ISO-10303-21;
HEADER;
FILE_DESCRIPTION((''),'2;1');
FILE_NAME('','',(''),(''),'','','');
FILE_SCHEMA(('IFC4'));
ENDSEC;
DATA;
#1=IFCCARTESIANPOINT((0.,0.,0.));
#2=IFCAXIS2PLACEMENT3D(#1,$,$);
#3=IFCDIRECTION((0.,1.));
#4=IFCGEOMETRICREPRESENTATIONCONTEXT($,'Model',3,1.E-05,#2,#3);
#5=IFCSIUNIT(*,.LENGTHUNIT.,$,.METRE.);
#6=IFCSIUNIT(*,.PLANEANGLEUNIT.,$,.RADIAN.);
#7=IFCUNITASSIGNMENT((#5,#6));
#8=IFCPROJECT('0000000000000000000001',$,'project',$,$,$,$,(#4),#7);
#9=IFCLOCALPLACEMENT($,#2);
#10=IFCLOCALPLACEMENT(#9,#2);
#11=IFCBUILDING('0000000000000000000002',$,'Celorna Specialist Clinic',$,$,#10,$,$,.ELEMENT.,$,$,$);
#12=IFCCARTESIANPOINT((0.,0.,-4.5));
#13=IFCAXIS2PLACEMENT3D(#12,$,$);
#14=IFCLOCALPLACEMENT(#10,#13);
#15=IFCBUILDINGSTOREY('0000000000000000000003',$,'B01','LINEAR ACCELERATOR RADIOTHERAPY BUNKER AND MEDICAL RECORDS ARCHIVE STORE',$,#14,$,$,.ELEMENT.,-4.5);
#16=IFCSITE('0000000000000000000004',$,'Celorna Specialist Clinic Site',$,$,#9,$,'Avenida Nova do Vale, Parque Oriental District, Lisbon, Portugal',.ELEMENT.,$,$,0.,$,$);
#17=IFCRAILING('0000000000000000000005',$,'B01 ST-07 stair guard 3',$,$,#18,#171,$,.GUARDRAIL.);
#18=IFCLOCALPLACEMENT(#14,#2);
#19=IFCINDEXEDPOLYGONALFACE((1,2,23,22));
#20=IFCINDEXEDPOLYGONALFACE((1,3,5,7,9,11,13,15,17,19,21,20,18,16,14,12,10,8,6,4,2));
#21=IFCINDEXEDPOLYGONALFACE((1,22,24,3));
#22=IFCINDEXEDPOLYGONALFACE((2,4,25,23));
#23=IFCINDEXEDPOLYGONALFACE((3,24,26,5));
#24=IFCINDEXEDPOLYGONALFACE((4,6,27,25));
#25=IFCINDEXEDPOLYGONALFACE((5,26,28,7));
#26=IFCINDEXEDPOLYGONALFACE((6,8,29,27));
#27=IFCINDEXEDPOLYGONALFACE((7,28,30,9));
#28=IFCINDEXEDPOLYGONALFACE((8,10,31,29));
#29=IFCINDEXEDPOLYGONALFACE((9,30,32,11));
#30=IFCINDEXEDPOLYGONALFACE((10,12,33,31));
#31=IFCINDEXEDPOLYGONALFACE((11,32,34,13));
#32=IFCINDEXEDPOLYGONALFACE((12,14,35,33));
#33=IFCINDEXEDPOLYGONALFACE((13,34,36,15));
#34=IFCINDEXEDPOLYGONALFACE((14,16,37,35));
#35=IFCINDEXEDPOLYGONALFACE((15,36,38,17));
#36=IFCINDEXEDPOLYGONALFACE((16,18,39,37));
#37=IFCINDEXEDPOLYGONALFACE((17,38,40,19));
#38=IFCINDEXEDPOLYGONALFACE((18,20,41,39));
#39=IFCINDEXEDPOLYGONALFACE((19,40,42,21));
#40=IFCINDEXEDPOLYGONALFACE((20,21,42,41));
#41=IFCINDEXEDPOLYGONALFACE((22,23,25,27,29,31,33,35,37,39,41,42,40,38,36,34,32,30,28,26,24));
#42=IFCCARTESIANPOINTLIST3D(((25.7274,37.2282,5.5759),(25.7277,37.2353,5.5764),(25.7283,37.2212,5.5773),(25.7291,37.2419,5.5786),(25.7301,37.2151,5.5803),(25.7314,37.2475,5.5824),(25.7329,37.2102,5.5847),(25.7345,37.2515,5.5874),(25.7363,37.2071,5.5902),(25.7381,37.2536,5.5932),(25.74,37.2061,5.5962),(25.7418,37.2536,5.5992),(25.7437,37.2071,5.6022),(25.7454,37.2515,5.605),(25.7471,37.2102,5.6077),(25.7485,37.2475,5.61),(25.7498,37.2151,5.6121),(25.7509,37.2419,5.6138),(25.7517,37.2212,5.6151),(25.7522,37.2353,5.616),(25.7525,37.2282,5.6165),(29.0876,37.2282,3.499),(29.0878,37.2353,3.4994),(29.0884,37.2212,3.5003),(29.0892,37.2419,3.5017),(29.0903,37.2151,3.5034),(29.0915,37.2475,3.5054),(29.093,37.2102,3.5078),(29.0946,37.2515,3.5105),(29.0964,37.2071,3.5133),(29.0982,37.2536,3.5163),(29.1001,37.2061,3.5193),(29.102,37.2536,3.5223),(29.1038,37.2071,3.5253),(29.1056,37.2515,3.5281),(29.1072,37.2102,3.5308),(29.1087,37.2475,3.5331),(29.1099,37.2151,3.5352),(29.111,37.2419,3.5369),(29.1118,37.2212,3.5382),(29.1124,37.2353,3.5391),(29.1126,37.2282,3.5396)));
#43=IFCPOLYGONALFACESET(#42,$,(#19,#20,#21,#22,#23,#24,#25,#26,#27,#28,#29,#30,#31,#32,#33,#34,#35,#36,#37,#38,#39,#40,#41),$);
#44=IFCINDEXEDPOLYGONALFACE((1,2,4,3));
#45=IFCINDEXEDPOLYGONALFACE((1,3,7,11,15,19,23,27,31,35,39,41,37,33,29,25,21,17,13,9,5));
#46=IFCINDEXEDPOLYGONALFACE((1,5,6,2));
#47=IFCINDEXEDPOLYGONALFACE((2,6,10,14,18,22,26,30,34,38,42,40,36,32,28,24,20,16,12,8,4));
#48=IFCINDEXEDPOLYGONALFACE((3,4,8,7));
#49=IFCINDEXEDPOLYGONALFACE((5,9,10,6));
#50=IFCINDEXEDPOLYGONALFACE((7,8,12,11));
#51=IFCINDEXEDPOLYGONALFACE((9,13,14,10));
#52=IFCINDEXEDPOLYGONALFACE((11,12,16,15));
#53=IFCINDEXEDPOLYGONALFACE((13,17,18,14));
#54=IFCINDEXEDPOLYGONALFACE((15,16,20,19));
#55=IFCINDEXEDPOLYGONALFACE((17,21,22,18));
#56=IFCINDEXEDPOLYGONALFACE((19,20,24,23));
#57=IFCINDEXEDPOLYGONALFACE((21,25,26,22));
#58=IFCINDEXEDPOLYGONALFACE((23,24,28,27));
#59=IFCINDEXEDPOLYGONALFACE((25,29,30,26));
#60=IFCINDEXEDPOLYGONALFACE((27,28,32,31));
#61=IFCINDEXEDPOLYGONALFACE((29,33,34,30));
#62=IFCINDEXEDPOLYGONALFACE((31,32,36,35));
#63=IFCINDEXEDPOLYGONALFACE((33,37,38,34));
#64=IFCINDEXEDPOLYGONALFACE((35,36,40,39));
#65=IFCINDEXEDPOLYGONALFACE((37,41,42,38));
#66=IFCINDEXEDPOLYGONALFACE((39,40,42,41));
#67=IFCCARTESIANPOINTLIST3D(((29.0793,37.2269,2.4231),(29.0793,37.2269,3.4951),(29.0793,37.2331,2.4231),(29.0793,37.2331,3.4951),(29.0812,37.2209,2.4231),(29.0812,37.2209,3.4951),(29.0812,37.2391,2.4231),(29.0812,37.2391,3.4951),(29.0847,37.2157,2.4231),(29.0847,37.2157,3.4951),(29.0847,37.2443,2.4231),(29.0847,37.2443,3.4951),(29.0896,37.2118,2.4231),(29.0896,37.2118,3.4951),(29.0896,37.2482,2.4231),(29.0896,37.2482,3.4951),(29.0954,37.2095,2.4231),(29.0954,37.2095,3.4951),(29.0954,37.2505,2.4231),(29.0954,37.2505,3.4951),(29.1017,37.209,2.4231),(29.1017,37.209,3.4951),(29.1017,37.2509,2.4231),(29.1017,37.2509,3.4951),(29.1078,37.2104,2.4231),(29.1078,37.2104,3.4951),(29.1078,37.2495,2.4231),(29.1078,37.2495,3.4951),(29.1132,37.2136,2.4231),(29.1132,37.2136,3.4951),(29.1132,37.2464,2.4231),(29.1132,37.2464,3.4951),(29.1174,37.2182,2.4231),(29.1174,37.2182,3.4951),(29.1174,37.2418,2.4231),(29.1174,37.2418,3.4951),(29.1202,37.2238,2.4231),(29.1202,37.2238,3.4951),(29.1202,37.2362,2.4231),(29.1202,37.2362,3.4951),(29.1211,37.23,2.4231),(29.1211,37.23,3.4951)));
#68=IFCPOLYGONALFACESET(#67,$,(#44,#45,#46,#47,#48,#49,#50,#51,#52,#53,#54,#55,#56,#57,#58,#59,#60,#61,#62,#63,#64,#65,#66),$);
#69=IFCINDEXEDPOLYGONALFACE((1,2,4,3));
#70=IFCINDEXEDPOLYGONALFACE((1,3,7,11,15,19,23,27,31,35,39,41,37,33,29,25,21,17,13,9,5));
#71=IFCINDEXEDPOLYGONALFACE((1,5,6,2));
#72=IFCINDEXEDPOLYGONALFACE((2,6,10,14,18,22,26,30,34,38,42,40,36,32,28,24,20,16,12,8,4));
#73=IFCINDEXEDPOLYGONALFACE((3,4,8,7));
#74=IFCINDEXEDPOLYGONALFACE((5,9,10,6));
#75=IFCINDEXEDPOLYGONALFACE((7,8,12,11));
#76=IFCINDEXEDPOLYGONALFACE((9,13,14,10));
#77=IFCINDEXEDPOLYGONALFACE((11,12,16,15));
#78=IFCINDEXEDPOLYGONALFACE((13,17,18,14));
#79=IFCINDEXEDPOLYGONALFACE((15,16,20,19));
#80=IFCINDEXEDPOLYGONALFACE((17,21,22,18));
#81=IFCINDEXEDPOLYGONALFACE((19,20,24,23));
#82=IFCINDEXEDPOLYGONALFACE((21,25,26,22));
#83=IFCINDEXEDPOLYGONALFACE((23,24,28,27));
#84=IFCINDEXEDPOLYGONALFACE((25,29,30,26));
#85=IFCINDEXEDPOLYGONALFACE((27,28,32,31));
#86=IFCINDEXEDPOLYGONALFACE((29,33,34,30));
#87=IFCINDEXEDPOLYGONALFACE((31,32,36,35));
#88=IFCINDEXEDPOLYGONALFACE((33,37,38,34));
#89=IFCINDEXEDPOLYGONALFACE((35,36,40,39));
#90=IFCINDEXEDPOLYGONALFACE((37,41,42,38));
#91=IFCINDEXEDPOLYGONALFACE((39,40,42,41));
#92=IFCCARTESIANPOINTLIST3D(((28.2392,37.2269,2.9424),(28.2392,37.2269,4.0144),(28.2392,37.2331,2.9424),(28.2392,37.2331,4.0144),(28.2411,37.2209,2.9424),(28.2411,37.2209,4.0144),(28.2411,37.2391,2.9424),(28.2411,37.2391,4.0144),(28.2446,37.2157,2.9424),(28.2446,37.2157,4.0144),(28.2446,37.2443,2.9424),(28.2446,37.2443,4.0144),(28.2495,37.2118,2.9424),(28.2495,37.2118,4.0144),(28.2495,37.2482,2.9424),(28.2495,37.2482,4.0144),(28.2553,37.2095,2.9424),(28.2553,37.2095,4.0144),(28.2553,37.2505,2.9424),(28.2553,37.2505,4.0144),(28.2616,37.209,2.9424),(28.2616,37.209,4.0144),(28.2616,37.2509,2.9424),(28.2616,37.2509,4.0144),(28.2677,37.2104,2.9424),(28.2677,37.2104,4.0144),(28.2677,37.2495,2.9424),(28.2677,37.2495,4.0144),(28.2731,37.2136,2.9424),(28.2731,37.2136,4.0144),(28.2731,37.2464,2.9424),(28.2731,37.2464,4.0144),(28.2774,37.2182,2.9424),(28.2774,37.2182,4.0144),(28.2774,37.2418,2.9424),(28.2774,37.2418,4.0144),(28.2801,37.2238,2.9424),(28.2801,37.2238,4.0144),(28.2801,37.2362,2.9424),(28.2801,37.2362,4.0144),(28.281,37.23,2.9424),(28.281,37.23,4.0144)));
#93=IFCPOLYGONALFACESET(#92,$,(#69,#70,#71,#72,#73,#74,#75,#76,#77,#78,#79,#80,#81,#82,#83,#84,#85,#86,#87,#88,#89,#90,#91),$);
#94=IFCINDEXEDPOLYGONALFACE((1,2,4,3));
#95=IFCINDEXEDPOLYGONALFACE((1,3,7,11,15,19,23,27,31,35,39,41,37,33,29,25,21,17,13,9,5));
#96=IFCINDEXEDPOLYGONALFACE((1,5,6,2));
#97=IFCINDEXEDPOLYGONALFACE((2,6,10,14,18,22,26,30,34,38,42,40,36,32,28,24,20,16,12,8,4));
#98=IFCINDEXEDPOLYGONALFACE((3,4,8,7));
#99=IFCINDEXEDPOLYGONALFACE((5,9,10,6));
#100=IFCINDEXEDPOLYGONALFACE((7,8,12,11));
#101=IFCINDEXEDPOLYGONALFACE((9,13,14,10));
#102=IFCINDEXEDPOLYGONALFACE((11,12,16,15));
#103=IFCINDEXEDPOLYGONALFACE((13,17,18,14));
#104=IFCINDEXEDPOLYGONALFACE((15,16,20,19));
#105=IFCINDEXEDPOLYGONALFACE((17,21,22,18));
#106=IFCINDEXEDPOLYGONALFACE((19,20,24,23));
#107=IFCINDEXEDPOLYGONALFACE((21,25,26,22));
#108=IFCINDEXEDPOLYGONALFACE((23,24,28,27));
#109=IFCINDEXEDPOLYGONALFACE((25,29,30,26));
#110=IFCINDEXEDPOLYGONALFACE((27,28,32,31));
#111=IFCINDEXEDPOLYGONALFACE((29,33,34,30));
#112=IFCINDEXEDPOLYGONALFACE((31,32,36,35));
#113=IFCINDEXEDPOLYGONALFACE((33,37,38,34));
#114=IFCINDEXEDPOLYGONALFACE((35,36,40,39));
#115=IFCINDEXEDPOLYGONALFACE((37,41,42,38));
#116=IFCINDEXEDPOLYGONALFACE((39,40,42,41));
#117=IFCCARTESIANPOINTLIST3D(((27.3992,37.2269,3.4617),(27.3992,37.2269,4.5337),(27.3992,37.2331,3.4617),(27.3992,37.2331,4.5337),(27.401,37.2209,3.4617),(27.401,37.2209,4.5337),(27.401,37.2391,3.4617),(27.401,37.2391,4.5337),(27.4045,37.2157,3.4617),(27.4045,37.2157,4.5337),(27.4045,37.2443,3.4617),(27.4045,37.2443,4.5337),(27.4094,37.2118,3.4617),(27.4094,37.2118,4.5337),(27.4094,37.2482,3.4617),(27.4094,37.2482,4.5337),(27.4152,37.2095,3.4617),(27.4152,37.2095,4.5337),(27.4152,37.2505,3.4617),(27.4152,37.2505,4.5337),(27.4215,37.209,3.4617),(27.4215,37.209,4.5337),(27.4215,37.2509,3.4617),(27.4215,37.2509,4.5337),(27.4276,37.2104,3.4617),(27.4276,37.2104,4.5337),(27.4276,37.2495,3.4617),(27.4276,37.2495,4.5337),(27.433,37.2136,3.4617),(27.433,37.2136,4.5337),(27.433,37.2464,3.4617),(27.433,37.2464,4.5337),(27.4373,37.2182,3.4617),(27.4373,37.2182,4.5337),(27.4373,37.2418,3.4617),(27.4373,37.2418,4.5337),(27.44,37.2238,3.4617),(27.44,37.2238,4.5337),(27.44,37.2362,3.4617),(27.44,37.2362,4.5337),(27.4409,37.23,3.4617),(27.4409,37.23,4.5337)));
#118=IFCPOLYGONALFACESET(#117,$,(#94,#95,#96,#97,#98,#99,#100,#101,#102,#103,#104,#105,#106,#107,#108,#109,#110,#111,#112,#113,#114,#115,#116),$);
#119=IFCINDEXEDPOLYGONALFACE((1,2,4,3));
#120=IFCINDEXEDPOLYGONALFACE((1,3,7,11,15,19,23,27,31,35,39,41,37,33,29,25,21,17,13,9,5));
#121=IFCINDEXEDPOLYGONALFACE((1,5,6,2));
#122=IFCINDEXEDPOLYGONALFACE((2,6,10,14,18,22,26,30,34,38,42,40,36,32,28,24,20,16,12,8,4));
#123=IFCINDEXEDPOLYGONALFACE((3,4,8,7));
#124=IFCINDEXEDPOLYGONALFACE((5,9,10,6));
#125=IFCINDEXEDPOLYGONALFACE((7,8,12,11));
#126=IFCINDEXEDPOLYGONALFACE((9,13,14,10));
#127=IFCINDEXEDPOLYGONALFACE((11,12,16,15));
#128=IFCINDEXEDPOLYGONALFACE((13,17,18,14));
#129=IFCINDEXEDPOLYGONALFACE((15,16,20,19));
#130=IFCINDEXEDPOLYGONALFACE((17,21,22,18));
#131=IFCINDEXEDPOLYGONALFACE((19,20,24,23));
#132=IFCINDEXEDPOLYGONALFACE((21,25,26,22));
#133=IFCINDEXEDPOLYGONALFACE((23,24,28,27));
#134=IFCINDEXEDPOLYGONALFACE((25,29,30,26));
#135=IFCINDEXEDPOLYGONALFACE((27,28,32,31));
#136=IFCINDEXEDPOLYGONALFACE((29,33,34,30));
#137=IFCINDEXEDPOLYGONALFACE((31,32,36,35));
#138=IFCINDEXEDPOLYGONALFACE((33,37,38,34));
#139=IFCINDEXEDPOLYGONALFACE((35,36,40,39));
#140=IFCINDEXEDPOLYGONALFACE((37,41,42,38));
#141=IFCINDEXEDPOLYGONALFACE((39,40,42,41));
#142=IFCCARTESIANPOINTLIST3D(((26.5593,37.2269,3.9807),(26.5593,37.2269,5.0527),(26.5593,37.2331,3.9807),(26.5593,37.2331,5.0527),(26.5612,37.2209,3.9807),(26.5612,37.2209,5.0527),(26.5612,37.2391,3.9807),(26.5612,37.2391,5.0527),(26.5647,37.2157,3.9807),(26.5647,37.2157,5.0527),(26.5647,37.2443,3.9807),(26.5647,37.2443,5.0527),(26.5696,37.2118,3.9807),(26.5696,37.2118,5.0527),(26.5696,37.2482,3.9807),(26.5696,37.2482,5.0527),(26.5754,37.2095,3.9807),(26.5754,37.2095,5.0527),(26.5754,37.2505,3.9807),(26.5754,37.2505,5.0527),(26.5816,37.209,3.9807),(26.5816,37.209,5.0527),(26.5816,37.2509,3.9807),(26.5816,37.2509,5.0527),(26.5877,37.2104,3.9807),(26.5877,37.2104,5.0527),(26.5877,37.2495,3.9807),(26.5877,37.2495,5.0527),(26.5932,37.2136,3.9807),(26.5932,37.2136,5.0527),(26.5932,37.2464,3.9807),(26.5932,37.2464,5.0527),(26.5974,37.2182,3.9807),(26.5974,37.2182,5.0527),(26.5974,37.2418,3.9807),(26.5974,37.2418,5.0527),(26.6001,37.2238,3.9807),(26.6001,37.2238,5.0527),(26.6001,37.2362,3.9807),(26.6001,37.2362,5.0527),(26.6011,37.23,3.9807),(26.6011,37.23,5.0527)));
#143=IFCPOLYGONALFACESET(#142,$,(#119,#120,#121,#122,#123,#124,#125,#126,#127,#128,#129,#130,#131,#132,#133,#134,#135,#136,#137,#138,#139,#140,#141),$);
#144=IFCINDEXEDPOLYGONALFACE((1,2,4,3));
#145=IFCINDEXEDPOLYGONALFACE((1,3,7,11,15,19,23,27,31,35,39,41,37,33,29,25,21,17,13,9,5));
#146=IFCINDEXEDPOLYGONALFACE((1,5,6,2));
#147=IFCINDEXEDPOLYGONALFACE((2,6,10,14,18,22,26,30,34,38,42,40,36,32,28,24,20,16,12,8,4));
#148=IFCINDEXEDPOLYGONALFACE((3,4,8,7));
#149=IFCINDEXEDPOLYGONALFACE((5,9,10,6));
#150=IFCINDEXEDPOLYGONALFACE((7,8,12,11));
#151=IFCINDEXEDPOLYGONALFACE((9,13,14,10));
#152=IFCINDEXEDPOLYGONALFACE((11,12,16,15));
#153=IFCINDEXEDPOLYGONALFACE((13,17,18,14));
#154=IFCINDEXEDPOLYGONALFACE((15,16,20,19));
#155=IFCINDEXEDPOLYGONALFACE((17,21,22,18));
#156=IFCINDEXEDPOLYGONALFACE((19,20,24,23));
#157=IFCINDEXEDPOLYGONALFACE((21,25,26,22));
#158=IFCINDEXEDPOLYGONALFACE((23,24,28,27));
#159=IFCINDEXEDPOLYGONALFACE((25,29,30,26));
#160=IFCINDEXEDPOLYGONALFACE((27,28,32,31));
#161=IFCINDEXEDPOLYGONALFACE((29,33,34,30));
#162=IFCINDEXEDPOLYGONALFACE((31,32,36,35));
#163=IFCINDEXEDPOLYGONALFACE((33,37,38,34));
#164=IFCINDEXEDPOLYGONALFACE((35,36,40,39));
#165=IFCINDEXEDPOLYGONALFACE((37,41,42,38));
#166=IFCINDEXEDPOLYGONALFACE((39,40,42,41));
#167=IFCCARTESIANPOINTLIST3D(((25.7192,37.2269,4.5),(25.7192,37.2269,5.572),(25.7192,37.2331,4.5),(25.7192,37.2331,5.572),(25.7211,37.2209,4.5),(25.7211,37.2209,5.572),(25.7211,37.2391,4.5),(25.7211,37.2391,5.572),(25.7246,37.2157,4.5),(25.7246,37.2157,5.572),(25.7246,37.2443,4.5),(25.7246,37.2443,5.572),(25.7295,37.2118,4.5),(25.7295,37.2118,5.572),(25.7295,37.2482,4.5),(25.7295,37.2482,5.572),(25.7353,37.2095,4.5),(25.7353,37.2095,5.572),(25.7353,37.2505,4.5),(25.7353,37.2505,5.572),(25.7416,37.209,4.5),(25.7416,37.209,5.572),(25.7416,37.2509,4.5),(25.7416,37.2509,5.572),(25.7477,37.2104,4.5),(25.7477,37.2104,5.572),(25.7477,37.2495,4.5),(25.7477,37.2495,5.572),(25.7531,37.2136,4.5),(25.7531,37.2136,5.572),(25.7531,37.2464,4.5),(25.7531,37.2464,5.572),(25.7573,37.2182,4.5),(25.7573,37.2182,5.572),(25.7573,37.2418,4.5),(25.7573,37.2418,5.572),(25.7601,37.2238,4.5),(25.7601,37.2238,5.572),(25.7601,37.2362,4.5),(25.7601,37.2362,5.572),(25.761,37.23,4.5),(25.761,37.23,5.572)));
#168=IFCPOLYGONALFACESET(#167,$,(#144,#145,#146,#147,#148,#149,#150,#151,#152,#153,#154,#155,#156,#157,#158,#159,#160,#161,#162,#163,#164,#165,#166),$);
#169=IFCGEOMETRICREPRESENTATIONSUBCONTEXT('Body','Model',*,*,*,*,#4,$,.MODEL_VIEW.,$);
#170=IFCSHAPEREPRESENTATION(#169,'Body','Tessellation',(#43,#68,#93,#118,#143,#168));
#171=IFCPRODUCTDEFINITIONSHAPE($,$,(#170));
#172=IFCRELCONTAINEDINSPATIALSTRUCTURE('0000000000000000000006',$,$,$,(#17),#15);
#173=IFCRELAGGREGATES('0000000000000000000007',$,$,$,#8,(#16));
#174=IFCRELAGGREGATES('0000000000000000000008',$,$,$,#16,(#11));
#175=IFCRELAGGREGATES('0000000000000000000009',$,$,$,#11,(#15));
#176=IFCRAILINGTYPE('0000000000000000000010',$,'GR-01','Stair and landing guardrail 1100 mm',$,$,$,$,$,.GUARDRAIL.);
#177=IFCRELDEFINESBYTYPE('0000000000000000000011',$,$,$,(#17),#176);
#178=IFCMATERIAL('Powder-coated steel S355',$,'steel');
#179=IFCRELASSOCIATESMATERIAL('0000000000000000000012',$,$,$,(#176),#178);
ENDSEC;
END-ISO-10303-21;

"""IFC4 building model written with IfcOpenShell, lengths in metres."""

from ifc_helpers import new_model, si_unit, direction, frame, origin, origin_2d, place, context, subcontext, project, spatial, circle, extrude, material, type_object, element, save


model = new_model("IFC4")

# Units and contexts
model_context = context("Model", 3, precision=1e-05, world=origin(), true_north=direction((0.0, 1.0)))
body_context = subcontext(model_context, "Body", "Model", "MODEL_VIEW")
ifc_project = project(units=[si_unit("LENGTHUNIT", "METRE"), si_unit("PLANEANGLEUNIT", "RADIAN")], contexts=[model_context])

# Site, building, storey
site_placement = place(None, origin())
site = spatial("IfcSite", under=ifc_project, at=site_placement, Name="Celorna Specialist Clinic Site", LongName="Avenida Nova do Vale, Parque Oriental District, Lisbon, Portugal", CompositionType="ELEMENT", RefElevation=0.0)
building_placement = place(site_placement, origin())
building = spatial("IfcBuilding", under=site, at=building_placement, Name="Celorna Specialist Clinic", CompositionType="ELEMENT")
storey_placement = place(building_placement, frame((0.0, 0.0, -4.5)))
storey = spatial("IfcBuildingStorey", under=building, at=storey_placement, Name="B01", Description="LINEAR ACCELERATOR RADIOTHERAPY BUNKER AND MEDICAL RECORDS ARCHIVE STORE", CompositionType="ELEMENT", Elevation=-4.5)

# Railing
ifc_material_1 = material(Name="Powder-coated steel S355", Category="steel")
railing_type_1 = type_object("IfcRailingType", Name="GR-01", Description="Stair and landing guardrail 1100 mm", PredefinedType="GUARDRAIL", material=ifc_material_1)
railing_1_placement = place(storey_placement, frame((29.1001, 37.23, 2.4231)))
element("IfcRailing", 1, at=railing_1_placement, inside=storey, type_object=railing_type_1, Name="B01 ST-07 stair guard 3", PredefinedType="GUARDRAIL", context=body_context, shape_type="SweptSolid", body=[
    extrude(circle(Radius=0.0239, at=origin_2d()), frame((0.0, 0.0, 1.0962), z_axis=(-0.850623, 0.0, 0.525776), x_axis=(0.0, -1.0, 0.0)), (0.0, 0.0, 1.0), 3.9502),
    extrude(circle(Radius=0.021, at=origin_2d()), origin(), (0.0, 0.0, 1.0), 1.072),
    extrude(circle(Radius=0.021, at=origin_2d()), frame((-0.8401, 0.0, 0.5193)), (0.0, 0.0, 1.0), 1.072),
    extrude(circle(Radius=0.021, at=origin_2d()), frame((-1.6802, 0.0, 1.0386)), (0.0, 0.0, 1.0), 1.072),
    extrude(circle(Radius=0.021, at=origin_2d()), frame((-2.52, 0.0, 1.5576)), (0.0, 0.0, 1.0), 1.072),
    extrude(circle(Radius=0.021, at=origin_2d()), frame((-3.3601, 0.0, 2.0769)), (0.0, 0.0, 1.0), 1.072),
])

save(model, "model.ifc")
